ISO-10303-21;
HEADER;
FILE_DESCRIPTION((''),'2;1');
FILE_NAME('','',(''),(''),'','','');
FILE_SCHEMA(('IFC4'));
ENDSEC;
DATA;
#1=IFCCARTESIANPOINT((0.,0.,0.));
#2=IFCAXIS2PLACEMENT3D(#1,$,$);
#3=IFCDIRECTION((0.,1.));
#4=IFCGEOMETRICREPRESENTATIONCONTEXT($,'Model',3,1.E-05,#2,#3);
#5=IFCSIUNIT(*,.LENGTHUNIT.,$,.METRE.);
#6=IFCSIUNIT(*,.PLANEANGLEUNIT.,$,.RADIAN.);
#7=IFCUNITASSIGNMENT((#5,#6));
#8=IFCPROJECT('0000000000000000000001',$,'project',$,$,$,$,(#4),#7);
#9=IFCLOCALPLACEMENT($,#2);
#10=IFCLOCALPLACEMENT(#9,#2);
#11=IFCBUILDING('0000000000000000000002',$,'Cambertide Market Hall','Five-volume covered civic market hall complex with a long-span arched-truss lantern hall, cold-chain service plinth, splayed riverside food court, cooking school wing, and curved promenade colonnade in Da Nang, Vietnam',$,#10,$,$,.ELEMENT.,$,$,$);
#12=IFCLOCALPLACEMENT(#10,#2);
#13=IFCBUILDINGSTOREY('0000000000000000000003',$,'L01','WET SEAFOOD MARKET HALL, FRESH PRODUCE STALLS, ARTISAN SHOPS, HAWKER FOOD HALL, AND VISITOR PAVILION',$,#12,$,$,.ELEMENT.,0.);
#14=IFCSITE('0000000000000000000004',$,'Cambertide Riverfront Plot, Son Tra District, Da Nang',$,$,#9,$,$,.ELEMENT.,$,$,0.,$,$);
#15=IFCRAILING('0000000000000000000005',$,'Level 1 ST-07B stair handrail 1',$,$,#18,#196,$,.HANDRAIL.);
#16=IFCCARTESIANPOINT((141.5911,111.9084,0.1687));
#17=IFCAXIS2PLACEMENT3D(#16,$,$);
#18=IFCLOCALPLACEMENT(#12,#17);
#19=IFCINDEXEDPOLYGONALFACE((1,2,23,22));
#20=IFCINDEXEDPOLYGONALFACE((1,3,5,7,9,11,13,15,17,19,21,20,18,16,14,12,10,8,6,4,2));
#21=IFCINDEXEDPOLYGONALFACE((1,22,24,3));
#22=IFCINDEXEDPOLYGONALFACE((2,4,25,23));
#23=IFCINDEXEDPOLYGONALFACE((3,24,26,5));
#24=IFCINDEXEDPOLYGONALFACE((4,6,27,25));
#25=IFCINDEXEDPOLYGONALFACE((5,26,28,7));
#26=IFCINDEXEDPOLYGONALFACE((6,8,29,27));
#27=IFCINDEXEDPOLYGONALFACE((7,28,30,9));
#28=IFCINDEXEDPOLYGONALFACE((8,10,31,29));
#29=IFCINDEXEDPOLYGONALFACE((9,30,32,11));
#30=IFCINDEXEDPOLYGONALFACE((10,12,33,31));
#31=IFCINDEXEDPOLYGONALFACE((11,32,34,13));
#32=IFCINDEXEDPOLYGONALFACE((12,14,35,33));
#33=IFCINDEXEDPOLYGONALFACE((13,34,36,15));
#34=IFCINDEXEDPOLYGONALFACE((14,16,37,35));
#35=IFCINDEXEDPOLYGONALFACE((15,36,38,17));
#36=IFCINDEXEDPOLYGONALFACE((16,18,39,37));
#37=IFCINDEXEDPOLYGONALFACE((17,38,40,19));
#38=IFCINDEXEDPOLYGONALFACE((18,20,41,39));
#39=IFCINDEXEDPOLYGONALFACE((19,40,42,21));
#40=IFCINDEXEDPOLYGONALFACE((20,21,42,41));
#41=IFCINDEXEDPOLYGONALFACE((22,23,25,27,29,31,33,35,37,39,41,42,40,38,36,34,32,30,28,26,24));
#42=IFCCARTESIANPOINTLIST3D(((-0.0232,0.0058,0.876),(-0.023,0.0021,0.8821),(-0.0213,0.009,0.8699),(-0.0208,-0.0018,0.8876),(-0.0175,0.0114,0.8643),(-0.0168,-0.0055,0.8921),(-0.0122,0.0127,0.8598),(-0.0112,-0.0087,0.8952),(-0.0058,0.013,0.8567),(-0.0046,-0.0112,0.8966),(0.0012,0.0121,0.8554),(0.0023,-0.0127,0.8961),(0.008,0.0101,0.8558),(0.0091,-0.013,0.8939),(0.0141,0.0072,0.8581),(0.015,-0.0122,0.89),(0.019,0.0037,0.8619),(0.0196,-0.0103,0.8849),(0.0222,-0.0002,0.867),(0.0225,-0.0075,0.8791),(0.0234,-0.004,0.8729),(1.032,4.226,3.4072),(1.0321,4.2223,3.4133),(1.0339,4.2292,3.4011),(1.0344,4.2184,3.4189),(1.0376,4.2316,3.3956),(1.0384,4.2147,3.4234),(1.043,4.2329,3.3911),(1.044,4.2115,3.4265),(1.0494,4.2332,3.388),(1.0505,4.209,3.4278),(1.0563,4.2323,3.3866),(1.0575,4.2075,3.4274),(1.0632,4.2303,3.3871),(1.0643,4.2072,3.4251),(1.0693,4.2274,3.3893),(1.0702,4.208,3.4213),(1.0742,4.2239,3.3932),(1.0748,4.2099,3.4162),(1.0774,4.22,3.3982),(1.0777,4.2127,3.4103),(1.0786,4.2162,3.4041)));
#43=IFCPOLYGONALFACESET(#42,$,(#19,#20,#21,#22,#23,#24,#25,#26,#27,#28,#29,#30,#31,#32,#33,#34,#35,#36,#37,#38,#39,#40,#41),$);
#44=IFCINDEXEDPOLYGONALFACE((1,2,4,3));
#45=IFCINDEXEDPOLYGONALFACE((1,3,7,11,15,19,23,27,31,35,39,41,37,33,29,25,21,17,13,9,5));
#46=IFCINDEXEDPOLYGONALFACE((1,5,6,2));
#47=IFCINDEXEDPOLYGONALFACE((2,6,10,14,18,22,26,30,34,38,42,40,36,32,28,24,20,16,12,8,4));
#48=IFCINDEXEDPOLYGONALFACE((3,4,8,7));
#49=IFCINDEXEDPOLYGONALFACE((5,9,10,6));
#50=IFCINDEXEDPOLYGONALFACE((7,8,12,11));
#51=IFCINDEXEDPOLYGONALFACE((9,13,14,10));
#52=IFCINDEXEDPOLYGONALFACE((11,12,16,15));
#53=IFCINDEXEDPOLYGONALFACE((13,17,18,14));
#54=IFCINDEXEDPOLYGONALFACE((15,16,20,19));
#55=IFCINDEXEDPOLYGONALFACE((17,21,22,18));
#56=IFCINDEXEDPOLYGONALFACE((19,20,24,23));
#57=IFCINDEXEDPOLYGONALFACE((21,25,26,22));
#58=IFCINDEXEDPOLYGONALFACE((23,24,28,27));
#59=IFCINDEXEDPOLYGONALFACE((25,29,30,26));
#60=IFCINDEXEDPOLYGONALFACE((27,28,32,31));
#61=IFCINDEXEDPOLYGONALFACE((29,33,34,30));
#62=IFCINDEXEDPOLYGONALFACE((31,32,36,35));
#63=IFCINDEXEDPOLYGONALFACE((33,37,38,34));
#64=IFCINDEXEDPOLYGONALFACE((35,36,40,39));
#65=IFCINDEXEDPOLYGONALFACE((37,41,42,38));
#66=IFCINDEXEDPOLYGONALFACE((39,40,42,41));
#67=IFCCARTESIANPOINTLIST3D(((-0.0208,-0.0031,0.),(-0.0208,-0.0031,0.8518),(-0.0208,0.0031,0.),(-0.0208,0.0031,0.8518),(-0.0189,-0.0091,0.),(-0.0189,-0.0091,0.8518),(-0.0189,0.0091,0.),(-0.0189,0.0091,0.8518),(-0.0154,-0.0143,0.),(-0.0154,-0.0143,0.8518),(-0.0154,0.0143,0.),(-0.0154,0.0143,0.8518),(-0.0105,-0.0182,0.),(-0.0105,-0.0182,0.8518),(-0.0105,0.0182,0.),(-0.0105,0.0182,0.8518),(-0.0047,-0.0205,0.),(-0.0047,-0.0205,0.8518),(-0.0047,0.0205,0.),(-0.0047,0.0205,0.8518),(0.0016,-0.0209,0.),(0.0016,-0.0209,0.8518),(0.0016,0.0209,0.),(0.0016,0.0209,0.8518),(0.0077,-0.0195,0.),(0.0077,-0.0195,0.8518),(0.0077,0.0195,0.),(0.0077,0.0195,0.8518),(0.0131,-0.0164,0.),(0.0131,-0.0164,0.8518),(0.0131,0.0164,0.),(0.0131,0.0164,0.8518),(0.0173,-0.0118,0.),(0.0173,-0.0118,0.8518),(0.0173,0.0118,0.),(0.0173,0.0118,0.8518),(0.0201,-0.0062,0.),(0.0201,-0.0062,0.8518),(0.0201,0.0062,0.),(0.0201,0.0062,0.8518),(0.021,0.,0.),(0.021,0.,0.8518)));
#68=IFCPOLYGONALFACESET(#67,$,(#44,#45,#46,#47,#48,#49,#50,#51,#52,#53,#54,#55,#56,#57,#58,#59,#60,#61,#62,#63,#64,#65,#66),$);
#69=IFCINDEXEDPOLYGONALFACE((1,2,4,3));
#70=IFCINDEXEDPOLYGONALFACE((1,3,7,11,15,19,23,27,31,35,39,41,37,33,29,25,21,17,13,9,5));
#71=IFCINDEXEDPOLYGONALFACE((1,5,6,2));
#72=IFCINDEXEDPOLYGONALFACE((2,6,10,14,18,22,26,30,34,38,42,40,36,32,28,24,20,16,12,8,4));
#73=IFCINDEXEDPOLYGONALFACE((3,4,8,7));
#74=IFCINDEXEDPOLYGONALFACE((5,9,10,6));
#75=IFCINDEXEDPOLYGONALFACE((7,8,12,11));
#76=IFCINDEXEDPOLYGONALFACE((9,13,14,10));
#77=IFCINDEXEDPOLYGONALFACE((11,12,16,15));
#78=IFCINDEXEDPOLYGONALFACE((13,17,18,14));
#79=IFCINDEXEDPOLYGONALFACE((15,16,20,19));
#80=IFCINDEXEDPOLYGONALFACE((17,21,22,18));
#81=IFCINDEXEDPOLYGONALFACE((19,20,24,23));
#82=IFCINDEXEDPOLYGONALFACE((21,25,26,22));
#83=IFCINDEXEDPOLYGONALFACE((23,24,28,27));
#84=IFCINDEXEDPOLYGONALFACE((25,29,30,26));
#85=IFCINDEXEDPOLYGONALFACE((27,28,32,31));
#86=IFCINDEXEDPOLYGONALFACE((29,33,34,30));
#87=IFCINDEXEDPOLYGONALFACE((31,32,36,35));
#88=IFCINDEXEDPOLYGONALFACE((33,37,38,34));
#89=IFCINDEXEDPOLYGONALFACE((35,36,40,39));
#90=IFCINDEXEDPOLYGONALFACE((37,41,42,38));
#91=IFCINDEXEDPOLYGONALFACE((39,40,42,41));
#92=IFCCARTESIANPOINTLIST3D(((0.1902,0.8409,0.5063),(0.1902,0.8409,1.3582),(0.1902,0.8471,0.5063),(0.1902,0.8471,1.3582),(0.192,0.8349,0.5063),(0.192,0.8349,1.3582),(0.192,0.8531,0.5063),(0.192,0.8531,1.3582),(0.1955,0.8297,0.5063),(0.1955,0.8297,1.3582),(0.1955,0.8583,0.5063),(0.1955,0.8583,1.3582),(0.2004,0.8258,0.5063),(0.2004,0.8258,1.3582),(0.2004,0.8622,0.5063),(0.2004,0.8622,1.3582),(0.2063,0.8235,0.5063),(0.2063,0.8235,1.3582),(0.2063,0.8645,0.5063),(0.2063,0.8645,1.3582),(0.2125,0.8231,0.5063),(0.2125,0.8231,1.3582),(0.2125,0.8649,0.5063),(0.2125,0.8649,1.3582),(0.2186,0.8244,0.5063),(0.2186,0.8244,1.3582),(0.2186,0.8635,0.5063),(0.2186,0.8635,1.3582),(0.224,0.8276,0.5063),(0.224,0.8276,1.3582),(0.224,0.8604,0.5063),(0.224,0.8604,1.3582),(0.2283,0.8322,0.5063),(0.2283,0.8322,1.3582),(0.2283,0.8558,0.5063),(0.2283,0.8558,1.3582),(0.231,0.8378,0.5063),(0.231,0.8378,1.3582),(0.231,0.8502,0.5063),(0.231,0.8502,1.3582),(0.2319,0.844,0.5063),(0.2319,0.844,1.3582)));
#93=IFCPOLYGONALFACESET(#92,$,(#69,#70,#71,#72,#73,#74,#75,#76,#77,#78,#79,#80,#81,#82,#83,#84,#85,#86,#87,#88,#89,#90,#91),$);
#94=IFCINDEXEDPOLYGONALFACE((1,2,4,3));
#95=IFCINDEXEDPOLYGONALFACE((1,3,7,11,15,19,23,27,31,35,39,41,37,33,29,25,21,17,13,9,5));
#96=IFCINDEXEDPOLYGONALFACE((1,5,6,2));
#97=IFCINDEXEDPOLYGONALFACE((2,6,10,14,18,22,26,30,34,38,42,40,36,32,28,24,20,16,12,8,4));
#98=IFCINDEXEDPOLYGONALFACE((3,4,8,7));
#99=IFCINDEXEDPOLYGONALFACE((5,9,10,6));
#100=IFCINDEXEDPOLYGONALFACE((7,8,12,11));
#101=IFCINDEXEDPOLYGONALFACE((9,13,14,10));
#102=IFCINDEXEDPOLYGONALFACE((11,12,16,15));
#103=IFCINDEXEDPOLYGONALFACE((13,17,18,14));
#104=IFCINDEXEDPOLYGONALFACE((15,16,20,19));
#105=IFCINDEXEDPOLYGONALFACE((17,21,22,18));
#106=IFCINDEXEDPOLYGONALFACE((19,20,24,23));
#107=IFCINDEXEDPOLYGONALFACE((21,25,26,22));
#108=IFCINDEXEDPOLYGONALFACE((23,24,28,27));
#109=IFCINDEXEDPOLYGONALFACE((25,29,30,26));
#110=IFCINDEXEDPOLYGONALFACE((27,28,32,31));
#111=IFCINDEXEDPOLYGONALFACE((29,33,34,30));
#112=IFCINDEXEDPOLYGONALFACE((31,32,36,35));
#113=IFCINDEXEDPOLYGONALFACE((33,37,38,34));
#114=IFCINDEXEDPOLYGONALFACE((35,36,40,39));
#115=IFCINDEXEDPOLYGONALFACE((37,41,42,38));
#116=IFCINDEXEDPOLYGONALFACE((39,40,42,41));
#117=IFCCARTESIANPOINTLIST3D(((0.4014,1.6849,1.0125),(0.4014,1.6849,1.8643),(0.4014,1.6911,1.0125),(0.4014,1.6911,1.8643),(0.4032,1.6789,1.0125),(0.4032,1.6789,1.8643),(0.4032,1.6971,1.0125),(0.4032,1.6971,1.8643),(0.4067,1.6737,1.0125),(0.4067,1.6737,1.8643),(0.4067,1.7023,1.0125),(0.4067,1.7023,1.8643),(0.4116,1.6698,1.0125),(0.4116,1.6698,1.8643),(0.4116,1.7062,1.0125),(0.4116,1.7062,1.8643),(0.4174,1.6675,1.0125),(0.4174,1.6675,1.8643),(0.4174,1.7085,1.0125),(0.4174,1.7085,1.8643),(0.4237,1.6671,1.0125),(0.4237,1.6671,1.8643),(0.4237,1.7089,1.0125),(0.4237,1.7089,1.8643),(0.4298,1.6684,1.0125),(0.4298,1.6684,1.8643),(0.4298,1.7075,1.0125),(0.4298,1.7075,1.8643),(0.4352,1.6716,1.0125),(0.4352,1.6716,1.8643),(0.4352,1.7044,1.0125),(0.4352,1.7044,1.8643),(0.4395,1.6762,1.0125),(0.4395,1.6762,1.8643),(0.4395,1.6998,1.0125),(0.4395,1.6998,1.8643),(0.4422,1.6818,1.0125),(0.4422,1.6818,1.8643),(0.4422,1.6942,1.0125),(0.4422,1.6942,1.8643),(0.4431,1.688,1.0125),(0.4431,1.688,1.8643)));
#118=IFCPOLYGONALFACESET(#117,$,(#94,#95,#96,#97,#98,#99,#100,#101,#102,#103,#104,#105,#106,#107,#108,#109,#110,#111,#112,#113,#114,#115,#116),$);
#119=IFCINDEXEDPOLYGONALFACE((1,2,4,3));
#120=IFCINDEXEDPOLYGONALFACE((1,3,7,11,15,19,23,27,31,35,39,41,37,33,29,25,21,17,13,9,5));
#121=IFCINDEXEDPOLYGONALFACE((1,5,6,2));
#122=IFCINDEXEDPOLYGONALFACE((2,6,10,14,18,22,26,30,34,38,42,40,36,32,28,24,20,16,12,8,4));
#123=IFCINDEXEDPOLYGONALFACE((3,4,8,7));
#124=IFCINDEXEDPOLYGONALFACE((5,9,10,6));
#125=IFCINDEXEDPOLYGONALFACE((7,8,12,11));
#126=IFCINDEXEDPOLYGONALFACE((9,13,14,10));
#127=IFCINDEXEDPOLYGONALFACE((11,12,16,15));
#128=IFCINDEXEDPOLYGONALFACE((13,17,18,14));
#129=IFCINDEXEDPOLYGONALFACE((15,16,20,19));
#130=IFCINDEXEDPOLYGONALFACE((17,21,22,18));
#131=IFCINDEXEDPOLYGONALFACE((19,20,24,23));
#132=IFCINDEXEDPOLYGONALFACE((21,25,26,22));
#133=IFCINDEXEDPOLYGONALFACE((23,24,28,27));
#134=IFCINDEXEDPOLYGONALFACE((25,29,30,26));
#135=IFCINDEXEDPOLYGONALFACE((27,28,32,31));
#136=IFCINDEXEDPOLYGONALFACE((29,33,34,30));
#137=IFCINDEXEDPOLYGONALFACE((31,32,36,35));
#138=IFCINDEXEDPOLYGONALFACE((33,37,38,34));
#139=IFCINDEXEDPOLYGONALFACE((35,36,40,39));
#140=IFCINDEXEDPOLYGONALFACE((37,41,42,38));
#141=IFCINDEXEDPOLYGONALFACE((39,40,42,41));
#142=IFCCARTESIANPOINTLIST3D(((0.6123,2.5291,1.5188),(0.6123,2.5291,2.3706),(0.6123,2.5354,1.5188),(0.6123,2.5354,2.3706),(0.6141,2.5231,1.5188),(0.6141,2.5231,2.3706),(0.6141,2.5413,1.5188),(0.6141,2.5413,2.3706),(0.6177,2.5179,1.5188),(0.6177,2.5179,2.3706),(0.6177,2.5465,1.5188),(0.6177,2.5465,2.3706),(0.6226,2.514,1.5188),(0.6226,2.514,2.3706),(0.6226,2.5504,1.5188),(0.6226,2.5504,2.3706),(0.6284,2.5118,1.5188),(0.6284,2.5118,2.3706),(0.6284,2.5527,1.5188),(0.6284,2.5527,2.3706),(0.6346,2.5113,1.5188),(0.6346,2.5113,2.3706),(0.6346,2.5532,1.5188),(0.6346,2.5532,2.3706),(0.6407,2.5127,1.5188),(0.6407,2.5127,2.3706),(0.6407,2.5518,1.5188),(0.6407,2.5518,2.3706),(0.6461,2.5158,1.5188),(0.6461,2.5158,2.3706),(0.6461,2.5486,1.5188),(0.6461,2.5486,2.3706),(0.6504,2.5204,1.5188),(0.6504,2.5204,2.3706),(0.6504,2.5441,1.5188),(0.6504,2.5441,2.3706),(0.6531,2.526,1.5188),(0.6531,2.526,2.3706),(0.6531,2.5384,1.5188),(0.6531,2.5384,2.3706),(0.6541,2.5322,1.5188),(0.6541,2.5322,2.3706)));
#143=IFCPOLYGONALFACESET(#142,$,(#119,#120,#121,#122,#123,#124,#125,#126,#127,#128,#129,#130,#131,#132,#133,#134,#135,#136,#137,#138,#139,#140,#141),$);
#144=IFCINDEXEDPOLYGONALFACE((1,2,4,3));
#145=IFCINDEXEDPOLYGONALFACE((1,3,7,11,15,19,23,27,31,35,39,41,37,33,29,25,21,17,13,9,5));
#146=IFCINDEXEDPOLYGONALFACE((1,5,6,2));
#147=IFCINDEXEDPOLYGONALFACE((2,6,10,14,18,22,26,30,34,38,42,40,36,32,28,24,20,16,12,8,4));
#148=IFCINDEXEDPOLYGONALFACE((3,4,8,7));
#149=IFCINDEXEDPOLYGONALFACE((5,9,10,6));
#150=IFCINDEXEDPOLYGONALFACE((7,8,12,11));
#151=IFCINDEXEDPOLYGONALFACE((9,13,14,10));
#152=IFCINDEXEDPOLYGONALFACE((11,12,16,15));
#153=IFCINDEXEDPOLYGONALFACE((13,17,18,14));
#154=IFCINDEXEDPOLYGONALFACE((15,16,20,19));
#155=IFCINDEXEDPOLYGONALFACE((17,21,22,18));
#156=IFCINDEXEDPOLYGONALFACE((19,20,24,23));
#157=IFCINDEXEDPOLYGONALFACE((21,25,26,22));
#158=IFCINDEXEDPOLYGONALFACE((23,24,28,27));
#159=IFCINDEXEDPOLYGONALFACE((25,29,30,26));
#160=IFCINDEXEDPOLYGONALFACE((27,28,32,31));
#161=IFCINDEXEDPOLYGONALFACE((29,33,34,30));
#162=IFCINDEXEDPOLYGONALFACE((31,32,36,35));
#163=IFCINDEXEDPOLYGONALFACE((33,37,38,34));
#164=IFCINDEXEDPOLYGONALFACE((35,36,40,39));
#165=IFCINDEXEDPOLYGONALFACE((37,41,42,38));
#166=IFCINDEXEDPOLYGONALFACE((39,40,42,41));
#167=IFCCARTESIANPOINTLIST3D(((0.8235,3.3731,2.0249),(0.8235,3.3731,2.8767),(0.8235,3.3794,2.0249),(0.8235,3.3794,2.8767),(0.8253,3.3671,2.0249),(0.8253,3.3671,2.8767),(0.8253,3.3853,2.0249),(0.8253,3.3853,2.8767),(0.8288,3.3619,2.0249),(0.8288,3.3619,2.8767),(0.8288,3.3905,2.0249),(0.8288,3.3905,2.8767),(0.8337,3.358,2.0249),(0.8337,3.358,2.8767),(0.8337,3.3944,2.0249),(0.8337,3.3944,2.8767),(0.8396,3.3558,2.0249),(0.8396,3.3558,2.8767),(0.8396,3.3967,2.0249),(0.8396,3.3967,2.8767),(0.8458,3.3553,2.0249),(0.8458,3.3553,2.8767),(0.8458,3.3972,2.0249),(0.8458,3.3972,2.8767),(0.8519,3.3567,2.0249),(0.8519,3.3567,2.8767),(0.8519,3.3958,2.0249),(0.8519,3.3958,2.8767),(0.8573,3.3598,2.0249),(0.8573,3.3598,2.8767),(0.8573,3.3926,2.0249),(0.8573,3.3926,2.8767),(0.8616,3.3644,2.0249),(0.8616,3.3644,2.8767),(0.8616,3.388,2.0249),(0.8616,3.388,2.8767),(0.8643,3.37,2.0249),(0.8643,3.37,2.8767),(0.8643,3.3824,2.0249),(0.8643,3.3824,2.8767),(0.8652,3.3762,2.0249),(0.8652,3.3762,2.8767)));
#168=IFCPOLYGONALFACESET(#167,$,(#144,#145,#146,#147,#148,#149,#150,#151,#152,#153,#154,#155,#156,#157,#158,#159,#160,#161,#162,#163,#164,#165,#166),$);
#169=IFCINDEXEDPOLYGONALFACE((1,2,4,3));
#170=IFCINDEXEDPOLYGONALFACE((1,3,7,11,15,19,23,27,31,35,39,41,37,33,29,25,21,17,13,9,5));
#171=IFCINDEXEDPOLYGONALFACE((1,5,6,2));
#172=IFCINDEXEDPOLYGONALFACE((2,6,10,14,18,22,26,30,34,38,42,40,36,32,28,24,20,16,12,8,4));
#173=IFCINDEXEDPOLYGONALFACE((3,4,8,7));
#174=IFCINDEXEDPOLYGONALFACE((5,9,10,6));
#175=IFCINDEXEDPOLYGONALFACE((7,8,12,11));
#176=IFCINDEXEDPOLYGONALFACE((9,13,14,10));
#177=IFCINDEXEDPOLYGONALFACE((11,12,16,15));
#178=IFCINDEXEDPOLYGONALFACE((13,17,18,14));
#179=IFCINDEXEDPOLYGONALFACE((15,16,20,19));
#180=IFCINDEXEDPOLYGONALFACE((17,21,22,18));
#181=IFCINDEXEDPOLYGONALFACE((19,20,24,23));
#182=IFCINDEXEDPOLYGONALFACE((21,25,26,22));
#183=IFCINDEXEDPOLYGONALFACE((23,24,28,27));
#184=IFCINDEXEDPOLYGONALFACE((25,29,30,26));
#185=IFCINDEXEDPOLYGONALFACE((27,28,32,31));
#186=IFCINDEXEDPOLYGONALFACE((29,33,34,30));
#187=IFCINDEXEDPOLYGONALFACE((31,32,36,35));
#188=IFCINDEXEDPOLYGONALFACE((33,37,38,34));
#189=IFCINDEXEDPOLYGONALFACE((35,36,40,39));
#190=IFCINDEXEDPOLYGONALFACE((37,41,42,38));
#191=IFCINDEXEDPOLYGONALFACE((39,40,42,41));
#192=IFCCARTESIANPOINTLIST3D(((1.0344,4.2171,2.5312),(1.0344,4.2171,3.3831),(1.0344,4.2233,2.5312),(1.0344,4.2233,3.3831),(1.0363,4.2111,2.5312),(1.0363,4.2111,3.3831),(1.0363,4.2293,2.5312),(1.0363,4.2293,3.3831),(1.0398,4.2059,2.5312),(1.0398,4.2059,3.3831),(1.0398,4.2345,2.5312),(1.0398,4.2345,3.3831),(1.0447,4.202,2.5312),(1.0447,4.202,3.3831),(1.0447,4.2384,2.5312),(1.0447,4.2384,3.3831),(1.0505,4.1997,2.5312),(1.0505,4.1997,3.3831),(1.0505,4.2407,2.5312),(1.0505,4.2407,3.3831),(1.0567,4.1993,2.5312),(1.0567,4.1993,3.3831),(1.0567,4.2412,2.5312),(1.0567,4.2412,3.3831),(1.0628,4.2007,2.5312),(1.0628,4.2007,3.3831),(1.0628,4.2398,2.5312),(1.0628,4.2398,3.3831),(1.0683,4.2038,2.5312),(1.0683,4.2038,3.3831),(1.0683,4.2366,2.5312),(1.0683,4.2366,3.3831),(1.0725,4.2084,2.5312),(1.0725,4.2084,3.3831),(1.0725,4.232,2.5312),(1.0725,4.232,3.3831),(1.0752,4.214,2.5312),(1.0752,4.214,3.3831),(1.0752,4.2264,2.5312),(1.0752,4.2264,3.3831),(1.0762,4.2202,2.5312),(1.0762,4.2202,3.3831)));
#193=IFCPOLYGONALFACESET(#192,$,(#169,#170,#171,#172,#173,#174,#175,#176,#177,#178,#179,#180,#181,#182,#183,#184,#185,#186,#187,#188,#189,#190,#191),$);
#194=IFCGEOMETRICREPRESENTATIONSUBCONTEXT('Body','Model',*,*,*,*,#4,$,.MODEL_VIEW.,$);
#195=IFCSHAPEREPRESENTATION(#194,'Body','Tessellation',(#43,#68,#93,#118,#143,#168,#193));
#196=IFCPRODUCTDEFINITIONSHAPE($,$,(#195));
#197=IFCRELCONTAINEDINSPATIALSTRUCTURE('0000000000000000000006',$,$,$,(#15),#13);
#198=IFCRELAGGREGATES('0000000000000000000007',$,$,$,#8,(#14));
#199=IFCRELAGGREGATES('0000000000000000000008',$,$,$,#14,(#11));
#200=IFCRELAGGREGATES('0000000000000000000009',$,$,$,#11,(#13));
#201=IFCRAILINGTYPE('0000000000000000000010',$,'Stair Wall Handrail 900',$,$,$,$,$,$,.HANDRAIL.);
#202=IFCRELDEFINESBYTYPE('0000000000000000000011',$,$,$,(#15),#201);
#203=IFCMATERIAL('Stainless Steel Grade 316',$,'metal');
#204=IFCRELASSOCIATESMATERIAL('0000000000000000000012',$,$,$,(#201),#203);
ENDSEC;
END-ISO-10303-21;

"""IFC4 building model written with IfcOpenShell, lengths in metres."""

from ifc_helpers import new_model, si_unit, direction, frame, origin, origin_2d, place, context, subcontext, project, spatial, circle, extrude, material, type_object, element, save


model = new_model("IFC4")

# Units and contexts
model_context = context("Model", 3, precision=1e-05, world=origin(), true_north=direction((0.0, 1.0)))
body_context = subcontext(model_context, "Body", "Model", "MODEL_VIEW")
ifc_project = project(units=[si_unit("LENGTHUNIT", "METRE"), si_unit("PLANEANGLEUNIT", "RADIAN")], contexts=[model_context])

# Site, building, storey
site_placement = place(None, origin())
site = spatial("IfcSite", under=ifc_project, at=site_placement, Name="Cambertide Riverfront Plot, Son Tra District, Da Nang", CompositionType="ELEMENT", RefElevation=0.0)
building_placement = place(site_placement, origin())
building = spatial("IfcBuilding", under=site, at=building_placement, Name="Cambertide Market Hall", Description="Five-volume covered civic market hall complex with a long-span arched-truss lantern hall, cold-chain service plinth, splayed riverside food court, cooking school wing, and curved promenade colonnade in Da Nang, Vietnam", CompositionType="ELEMENT")
storey_placement = place(building_placement, origin())
storey = spatial("IfcBuildingStorey", under=building, at=storey_placement, Name="L01", Description="WET SEAFOOD MARKET HALL, FRESH PRODUCE STALLS, ARTISAN SHOPS, HAWKER FOOD HALL, AND VISITOR PAVILION", CompositionType="ELEMENT", Elevation=0.0)

# Railing
ifc_material_1 = material(Name="Stainless Steel Grade 316", Category="metal")
railing_type_1 = type_object("IfcRailingType", Name="Stair Wall Handrail 900", PredefinedType="HANDRAIL", material=ifc_material_1)
railing_1_placement = place(storey_placement, frame((141.5911, 111.9084, 0.1687)))
element("IfcRailing", 1, at=railing_1_placement, inside=storey, type_object=railing_type_1, Name="Level 1 ST-07B stair handrail 1", PredefinedType="HANDRAIL", context=body_context, shape_type="SweptSolid", body=[
    extrude(circle(Radius=0.0239, at=origin_2d()), frame((0.0, 0.0, 0.876), z_axis=(0.209653, 0.838513, 0.502933), x_axis=(-0.970136, 0.242562, 0.0)), (0.0, 0.0, 1.0), 5.033),
    extrude(circle(Radius=0.021, at=origin_2d()), origin(), (0.0, 0.0, 1.0), 0.8518),
    extrude(circle(Radius=0.021, at=origin_2d()), frame((0.2109, 0.844, 0.5063)), (0.0, 0.0, 1.0), 0.8518),
    extrude(circle(Radius=0.021, at=origin_2d()), frame((0.4221, 1.688, 1.0125)), (0.0, 0.0, 1.0), 0.8518),
    extrude(circle(Radius=0.021, at=origin_2d()), frame((0.6331, 2.5322, 1.5188)), (0.0, 0.0, 1.0), 0.8518),
    extrude(circle(Radius=0.021, at=origin_2d()), frame((0.8442, 3.3762, 2.0249)), (0.0, 0.0, 1.0), 0.8518),
    extrude(circle(Radius=0.021, at=origin_2d()), frame((1.0552, 4.2202, 2.5312)), (0.0, 0.0, 1.0), 0.8518),
])

save(model, "model.ifc")
